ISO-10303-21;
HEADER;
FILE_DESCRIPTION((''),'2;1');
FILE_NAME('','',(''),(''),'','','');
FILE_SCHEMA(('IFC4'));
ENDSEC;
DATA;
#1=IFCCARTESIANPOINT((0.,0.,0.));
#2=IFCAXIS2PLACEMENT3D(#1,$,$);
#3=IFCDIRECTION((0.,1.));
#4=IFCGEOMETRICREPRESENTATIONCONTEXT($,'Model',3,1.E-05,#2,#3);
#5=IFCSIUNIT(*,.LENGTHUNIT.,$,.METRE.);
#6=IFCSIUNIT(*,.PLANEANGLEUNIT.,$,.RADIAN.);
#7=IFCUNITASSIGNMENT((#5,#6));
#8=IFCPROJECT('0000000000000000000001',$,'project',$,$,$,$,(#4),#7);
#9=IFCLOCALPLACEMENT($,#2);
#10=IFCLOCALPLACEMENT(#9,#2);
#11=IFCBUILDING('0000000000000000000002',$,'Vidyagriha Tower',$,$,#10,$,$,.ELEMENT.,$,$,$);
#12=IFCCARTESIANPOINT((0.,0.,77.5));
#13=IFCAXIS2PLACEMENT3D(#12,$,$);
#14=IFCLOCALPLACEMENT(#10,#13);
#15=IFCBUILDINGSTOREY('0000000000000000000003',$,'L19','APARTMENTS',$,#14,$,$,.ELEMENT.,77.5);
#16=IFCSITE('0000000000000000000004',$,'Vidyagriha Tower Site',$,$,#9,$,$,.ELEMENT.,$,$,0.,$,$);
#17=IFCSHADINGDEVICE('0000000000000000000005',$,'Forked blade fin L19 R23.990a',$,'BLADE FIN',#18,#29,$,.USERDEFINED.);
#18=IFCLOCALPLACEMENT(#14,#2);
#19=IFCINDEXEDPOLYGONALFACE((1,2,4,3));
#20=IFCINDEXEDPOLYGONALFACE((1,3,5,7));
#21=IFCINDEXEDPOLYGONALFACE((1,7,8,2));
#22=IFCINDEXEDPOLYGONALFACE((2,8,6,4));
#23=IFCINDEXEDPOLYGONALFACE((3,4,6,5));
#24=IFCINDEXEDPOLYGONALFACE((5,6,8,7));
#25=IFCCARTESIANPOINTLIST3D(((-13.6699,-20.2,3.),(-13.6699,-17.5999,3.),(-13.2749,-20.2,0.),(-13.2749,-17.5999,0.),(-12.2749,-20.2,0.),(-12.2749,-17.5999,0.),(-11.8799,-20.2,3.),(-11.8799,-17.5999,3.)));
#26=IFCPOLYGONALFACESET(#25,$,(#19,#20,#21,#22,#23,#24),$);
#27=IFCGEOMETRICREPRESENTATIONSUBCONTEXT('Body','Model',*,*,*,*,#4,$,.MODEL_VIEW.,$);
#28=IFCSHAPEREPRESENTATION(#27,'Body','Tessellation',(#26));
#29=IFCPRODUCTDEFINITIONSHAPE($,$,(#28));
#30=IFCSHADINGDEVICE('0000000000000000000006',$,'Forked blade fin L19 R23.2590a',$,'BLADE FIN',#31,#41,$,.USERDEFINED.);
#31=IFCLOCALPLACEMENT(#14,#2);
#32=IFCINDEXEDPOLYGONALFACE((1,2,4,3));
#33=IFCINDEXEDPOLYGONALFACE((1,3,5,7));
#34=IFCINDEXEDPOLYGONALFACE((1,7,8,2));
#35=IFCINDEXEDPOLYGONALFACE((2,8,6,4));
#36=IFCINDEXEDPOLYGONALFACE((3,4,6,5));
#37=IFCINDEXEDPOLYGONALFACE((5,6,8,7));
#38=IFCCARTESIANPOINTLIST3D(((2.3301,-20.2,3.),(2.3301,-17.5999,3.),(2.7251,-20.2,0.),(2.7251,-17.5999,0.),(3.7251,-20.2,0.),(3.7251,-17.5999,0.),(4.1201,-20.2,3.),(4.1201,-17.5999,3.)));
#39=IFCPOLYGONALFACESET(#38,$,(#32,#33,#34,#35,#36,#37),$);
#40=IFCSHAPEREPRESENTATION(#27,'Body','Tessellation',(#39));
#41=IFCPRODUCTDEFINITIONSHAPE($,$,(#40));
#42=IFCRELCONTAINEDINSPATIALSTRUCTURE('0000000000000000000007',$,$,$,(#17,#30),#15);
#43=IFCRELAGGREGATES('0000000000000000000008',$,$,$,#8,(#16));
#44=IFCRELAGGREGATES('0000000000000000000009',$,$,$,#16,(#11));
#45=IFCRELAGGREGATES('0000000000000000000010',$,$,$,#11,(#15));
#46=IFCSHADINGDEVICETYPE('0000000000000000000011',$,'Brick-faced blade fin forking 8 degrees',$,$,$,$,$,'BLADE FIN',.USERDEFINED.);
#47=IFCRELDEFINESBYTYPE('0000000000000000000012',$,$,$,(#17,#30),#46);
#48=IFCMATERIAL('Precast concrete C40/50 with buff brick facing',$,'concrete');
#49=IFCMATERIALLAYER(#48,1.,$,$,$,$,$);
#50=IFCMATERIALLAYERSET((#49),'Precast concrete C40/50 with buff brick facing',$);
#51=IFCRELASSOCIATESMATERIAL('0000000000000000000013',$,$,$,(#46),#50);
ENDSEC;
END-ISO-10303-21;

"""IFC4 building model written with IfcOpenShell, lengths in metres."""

from ifc_helpers import new_model, si_unit, direction, frame, origin, place, context, subcontext, project, spatial, polyline, outline, extrude, material, layer, layer_set, type_object, element, save


model = new_model("IFC4")

# Units and contexts
model_context = context("Model", 3, precision=1e-05, world=origin(), true_north=direction((0.0, 1.0)))
body_context = subcontext(model_context, "Body", "Model", "MODEL_VIEW")
ifc_project = project(units=[si_unit("LENGTHUNIT", "METRE"), si_unit("PLANEANGLEUNIT", "RADIAN")], contexts=[model_context])

# Site, building, storey
site_placement = place(None, origin())
site = spatial("IfcSite", under=ifc_project, at=site_placement, Name="Vidyagriha Tower Site", CompositionType="ELEMENT", RefElevation=0.0)
building_placement = place(site_placement, origin())
building = spatial("IfcBuilding", under=site, at=building_placement, Name="Vidyagriha Tower", CompositionType="ELEMENT")
storey_placement = place(building_placement, frame((0.0, 0.0, 77.5)))
storey = spatial("IfcBuildingStorey", under=building, at=storey_placement, Name="L19", Description="APARTMENTS", CompositionType="ELEMENT", Elevation=77.5)

# Shading devices
ifc_material_1 = material(Name="Precast concrete C40/50 with buff brick facing", Category="concrete")
ifc_layer_1 = layer(ifc_material_1, 1.0)
ifc_layer_set_1 = layer_set([ifc_layer_1], Name="Precast concrete C40/50 with buff brick facing")
shading_device_type_1 = type_object("IfcShadingDeviceType", Name="Brick-faced blade fin forking 8 degrees", ElementType="BLADE FIN", PredefinedType="USERDEFINED", material=ifc_layer_set_1)
for number, where, name in (
    (1, (-13.6699, -18.8999, 0.0), "Forked blade fin L19 R23.990a"),
    (2, (2.3301, -18.8999, 0.0), "Forked blade fin L19 R23.2590a"),
):
    element("IfcShadingDevice", number, at=place(storey_placement, frame(where)), inside=storey, type_object=shading_device_type_1, Name=name, ObjectType="BLADE FIN", PredefinedType="USERDEFINED", context=body_context, shape_type="SweptSolid", body=[
        extrude(outline(polyline([(0.395, 0.0), (1.395, 0.0), (1.79, 3.0), (0.0, 3.0), (0.395, 0.0)])), frame((0.0, 1.3, 0.0), z_axis=(0.0, -1.0, 0.0), x_axis=(1.0, 0.0, 0.0)), (0.0, 0.0, 1.0), 2.6001),
    ])

save(model, "model.ifc")
